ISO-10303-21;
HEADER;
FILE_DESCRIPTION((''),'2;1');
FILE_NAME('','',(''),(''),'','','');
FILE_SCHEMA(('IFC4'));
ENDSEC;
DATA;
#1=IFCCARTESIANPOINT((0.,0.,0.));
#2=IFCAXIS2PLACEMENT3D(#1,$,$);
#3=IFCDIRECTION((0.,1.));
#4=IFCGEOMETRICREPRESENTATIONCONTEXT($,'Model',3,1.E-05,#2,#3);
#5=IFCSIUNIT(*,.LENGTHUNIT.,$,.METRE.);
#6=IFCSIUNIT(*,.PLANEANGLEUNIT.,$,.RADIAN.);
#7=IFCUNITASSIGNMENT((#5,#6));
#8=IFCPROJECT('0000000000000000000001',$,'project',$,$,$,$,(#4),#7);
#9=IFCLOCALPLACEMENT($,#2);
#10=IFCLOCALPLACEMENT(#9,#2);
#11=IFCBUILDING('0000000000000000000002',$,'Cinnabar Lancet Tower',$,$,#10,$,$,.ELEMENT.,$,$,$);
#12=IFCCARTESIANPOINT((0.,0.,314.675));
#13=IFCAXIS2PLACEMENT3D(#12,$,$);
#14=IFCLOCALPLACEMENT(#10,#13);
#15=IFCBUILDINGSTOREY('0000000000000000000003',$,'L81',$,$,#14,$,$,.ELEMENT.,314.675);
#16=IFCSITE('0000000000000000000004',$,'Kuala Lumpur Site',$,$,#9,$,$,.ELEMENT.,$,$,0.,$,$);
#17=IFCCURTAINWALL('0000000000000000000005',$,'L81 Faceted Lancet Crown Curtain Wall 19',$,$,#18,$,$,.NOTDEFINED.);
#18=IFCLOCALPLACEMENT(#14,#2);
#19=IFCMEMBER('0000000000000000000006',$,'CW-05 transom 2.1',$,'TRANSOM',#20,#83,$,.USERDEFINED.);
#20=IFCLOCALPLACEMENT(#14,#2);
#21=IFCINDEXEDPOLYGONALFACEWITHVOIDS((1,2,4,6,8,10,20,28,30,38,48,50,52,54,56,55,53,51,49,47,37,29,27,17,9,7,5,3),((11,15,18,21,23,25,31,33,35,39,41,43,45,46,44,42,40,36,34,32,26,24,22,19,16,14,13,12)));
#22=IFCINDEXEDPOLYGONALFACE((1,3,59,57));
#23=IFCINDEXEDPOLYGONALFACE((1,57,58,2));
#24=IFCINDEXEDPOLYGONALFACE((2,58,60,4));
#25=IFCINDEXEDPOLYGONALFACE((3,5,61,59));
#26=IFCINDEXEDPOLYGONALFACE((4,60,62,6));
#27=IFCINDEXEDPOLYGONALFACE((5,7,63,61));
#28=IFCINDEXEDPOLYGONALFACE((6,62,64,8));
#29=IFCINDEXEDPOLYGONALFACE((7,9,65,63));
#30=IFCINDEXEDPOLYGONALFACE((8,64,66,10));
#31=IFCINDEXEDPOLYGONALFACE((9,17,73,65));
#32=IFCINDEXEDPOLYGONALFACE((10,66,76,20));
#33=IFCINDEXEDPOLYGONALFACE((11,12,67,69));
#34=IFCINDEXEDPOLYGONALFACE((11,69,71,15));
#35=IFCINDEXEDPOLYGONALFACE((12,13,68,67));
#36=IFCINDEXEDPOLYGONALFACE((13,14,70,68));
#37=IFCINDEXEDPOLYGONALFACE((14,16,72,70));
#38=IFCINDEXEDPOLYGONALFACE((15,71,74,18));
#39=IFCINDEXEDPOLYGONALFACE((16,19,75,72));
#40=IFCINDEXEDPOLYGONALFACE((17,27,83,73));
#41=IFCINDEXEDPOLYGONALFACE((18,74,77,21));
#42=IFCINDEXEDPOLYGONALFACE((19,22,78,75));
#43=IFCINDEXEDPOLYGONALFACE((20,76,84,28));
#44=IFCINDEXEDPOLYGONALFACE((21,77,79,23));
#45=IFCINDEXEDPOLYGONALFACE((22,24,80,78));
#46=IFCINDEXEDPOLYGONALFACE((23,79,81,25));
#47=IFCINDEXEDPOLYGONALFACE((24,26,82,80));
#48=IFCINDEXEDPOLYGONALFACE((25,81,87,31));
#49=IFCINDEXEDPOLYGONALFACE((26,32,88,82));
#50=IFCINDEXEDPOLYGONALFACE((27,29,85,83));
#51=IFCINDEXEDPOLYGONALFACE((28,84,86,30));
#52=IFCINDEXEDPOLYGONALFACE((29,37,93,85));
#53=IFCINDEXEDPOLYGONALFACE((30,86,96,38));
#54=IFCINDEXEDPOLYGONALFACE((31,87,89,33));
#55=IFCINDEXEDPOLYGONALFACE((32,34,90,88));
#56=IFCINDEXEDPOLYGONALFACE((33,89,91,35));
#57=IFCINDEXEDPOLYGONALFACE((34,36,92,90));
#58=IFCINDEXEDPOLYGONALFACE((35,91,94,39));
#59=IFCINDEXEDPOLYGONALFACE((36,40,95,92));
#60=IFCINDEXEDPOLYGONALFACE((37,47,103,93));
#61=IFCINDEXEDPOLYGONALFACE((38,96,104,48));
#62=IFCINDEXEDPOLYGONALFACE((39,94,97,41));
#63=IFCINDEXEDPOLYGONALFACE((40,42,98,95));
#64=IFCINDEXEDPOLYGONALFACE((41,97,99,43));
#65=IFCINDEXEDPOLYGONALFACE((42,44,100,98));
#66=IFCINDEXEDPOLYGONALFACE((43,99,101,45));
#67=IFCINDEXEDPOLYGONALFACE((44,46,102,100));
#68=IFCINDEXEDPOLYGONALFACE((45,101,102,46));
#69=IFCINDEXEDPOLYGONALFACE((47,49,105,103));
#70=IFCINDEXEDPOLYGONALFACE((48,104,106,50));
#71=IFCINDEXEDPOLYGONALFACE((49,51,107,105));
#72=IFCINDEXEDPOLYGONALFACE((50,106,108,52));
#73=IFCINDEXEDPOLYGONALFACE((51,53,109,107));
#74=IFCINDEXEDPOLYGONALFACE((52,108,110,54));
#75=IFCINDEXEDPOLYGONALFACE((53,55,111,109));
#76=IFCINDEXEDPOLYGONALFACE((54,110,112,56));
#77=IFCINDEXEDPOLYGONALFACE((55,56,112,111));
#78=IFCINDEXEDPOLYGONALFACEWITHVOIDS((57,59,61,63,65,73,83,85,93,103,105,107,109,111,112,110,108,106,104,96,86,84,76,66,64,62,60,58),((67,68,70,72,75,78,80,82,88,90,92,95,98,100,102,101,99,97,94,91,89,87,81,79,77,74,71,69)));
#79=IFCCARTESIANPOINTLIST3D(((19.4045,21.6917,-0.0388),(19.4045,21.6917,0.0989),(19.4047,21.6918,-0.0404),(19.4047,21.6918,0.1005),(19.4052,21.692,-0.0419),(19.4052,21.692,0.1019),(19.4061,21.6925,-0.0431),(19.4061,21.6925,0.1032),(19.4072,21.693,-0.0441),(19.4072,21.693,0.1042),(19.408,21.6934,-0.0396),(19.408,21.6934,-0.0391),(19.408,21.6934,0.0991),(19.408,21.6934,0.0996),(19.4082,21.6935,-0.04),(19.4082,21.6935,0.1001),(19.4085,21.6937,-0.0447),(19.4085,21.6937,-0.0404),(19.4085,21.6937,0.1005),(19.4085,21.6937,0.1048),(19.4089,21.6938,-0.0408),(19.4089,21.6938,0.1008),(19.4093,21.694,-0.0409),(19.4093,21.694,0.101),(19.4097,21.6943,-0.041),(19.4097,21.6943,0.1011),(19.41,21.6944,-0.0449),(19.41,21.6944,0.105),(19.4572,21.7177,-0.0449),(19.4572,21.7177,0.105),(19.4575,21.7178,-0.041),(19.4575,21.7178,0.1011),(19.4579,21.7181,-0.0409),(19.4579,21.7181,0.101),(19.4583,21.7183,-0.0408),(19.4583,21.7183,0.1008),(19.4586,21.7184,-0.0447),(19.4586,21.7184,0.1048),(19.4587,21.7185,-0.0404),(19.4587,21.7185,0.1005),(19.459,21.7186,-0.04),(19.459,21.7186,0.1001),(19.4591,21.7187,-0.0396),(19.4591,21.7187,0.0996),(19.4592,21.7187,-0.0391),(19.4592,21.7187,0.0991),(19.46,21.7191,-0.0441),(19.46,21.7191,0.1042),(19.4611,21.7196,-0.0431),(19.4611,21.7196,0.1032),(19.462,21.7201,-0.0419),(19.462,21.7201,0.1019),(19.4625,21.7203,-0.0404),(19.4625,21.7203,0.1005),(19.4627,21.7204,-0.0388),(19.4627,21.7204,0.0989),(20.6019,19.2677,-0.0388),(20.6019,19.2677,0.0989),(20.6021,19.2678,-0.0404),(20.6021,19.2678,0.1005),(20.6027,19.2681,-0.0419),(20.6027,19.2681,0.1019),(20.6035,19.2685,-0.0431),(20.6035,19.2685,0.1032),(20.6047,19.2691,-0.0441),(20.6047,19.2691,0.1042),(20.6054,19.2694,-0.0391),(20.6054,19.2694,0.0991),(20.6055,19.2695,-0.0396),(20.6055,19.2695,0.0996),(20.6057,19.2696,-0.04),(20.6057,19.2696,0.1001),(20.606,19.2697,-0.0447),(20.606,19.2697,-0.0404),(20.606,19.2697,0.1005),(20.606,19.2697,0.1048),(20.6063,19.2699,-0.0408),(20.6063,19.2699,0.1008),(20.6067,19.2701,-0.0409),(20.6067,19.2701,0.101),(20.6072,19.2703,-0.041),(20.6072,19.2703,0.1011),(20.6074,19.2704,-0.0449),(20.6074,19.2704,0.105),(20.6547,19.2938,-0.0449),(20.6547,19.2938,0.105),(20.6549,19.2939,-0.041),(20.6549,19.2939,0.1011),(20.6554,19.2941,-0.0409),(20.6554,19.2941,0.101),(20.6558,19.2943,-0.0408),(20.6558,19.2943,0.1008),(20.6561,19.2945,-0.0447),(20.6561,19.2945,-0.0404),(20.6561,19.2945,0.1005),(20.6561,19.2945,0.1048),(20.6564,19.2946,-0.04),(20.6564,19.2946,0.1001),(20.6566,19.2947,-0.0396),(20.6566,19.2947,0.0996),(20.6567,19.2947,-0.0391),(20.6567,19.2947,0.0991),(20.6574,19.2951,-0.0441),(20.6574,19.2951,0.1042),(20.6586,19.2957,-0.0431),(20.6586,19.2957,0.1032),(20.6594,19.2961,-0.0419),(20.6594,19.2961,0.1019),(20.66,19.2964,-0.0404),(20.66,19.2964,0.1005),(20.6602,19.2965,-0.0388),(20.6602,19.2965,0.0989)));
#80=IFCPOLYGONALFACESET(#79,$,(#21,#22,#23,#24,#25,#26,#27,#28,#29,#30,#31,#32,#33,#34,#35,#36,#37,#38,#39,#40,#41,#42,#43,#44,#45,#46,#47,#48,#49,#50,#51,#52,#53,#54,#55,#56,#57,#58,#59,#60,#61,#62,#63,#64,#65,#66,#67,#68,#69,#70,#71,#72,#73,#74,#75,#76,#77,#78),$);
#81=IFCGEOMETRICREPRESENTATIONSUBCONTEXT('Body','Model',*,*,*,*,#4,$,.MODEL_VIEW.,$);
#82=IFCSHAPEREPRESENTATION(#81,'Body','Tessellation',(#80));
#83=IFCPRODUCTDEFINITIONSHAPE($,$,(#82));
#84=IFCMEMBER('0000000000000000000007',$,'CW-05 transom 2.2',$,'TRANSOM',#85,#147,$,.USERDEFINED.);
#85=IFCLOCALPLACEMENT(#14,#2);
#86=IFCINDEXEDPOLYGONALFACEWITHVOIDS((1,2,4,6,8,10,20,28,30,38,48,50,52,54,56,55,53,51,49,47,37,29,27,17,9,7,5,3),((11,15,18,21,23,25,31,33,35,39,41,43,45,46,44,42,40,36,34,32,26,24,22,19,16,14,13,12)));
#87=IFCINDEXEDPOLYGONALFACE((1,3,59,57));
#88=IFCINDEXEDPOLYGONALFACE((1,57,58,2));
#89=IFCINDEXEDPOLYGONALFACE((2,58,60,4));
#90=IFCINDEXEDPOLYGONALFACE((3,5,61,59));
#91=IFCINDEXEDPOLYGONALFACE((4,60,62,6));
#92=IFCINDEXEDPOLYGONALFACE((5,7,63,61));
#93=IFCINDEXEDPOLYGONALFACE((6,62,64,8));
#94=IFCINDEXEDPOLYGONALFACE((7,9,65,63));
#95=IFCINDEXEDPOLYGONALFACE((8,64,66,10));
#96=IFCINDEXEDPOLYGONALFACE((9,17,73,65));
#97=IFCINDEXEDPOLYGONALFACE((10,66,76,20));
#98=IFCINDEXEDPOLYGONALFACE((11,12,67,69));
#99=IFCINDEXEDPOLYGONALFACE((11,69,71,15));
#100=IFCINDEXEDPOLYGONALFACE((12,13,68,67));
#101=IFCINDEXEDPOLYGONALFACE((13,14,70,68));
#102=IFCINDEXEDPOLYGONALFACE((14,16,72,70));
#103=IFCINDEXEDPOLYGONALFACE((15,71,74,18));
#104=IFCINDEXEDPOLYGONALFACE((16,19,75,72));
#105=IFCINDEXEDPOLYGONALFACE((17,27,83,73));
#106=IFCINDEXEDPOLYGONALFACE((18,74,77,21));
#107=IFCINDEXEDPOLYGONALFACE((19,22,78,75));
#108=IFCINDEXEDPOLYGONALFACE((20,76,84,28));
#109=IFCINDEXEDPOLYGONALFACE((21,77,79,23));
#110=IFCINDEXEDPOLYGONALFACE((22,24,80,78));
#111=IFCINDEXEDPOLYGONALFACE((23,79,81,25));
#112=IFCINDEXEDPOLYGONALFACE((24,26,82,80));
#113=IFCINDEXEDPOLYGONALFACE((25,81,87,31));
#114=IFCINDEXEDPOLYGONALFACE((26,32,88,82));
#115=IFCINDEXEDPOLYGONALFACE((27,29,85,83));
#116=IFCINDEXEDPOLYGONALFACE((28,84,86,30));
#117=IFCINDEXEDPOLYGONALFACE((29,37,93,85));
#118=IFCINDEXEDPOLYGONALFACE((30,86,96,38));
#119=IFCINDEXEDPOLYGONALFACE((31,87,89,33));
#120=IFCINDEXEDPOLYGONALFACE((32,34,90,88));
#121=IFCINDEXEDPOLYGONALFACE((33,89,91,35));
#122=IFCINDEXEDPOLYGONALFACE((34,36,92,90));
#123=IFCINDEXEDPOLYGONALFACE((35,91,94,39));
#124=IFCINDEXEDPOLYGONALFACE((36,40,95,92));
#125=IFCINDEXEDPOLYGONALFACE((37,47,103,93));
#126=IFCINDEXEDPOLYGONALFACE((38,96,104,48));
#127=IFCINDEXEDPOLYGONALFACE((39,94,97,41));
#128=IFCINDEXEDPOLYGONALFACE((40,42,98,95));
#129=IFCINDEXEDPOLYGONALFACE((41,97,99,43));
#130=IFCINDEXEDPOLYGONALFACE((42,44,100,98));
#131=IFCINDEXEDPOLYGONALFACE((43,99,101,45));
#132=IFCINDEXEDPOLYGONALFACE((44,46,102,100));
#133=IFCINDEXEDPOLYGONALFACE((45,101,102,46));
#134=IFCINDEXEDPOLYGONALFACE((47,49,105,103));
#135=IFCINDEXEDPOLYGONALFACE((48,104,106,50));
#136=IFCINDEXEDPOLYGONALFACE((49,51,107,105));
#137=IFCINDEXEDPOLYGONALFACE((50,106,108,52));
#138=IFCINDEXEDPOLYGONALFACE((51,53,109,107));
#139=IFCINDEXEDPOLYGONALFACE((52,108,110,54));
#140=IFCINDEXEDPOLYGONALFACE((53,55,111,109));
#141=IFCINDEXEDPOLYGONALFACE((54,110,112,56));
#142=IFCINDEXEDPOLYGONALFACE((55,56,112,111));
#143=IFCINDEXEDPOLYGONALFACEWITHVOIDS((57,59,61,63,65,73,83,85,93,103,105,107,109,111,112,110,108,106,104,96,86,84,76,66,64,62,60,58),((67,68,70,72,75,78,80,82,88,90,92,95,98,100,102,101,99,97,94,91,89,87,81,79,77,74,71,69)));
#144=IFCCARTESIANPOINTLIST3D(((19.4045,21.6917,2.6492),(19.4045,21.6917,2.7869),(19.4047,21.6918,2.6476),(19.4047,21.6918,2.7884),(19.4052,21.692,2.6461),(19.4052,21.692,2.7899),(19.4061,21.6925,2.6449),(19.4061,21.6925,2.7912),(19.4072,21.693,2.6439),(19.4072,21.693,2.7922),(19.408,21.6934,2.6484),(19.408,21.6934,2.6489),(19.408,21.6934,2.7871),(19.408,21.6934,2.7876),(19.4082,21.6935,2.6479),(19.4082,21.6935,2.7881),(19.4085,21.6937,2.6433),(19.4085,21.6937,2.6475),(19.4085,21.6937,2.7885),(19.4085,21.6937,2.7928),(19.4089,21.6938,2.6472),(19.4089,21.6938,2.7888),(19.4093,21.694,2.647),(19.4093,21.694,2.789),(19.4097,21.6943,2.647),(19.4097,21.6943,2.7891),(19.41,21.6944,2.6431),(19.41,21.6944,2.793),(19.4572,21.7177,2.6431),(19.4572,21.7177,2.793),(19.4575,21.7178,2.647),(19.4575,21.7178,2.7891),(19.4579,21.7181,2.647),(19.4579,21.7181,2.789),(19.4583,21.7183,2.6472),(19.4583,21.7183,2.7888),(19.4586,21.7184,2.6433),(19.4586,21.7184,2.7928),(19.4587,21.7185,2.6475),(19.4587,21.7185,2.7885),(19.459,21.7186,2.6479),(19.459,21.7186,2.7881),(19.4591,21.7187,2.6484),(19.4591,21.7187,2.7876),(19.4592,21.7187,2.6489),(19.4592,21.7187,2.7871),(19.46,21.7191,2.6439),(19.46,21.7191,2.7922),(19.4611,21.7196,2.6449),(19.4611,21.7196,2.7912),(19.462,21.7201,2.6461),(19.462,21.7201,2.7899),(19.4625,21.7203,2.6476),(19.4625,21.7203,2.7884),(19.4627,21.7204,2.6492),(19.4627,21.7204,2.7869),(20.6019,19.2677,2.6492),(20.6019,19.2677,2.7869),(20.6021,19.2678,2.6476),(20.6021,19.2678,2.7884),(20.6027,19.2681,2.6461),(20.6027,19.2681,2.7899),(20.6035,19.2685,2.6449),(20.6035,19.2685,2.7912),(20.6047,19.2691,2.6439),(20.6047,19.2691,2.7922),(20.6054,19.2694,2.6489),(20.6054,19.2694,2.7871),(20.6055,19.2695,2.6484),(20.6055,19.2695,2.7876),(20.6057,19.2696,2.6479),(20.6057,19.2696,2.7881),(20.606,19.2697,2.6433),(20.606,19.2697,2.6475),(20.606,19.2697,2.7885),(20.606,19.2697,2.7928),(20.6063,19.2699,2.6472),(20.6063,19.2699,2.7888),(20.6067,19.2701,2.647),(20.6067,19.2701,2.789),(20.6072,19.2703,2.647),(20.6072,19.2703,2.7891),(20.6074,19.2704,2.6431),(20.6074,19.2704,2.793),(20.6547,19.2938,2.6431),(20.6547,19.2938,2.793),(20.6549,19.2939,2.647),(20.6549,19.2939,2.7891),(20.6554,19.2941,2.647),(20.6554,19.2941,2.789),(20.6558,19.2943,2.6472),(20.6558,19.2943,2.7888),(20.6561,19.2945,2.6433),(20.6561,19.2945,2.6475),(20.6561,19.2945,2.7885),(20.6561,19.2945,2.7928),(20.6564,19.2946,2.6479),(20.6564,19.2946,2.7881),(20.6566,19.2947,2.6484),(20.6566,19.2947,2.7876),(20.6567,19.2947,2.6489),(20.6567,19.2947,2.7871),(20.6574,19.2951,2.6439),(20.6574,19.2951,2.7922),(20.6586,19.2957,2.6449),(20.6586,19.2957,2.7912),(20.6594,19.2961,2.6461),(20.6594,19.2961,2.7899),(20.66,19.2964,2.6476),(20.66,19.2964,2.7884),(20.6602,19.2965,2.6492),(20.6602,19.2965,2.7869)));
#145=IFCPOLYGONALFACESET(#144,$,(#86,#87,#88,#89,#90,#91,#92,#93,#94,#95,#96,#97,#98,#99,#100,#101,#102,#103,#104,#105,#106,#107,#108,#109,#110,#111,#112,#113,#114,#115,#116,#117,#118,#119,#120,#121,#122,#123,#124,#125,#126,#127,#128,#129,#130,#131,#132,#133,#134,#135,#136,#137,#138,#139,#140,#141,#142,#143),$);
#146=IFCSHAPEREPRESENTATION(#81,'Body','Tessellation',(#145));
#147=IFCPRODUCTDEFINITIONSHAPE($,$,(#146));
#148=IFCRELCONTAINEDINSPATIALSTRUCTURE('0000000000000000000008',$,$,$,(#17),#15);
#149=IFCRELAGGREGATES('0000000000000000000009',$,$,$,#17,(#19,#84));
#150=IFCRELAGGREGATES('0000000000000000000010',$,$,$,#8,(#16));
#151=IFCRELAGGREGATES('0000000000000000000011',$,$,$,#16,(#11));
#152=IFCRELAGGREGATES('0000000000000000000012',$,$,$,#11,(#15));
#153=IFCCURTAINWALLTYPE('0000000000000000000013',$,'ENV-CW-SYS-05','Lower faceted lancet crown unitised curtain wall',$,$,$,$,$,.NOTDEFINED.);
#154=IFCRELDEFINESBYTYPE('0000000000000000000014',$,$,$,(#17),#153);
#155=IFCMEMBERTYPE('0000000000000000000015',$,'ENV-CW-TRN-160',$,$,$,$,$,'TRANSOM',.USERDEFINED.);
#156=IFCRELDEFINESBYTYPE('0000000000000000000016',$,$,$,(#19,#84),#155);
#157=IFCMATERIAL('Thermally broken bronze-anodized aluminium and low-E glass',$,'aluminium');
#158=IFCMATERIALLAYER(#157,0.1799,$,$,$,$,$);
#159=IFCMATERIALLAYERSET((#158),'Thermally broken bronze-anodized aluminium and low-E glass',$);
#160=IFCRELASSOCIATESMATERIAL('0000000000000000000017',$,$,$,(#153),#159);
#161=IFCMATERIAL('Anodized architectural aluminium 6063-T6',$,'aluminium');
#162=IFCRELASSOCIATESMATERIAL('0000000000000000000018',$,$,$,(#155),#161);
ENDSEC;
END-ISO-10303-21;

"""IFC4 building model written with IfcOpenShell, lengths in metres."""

from ifc_helpers import new_model, si_unit, direction, frame, origin, origin_2d, place, context, subcontext, project, spatial, hollow_rectangle, extrude, material, layer, layer_set, material_profile, profile_set, type_object, element, aggregate, save


model = new_model("IFC4")

# Units and contexts
model_context = context("Model", 3, precision=1e-05, world=origin(), true_north=direction((0.0, 1.0)))
body_context = subcontext(model_context, "Body", "Model", "MODEL_VIEW")
ifc_project = project(units=[si_unit("LENGTHUNIT", "METRE"), si_unit("PLANEANGLEUNIT", "RADIAN")], contexts=[model_context])

# Site, building, storey
site_placement = place(None, origin())
site = spatial("IfcSite", under=ifc_project, at=site_placement, Name="Kuala Lumpur Site", CompositionType="ELEMENT", RefElevation=0.0)
building_placement = place(site_placement, origin())
building = spatial("IfcBuilding", under=site, at=building_placement, Name="Cinnabar Lancet Tower", CompositionType="ELEMENT")
storey_placement = place(building_placement, frame((0.0, 0.0, 314.675)))
storey = spatial("IfcBuildingStorey", under=building, at=storey_placement, Name="L81", CompositionType="ELEMENT", Elevation=314.675)

# Curtain wall
ifc_material_1 = material(Name="Thermally broken bronze-anodized aluminium and low-E glass", Category="aluminium")
ifc_layer_1 = layer(ifc_material_1, 0.1799)
ifc_layer_set_1 = layer_set([ifc_layer_1], Name="Thermally broken bronze-anodized aluminium and low-E glass")
curtain_wall_type = type_object("IfcCurtainWallType", Name="ENV-CW-SYS-05", Description="Lower faceted lancet crown unitised curtain wall", PredefinedType="NOTDEFINED", material=ifc_layer_set_1)
curtain_wall_1_placement = place(storey_placement, origin())
curtain_wall_1 = element("IfcCurtainWall", 1, at=curtain_wall_1_placement, inside=storey, type_object=curtain_wall_type, Name="L81 Faceted Lancet Crown Curtain Wall 19", PredefinedType="NOTDEFINED")

# Members
ifc_material_2 = material(Name="Anodized architectural aluminium 6063-T6", Category="aluminium")
ifc_material_profile_1 = material_profile(ifc_material_2, hollow_rectangle(XDim=0.0649, YDim=0.1499, WallThickness=0.0039, InnerFilletRadius=0.002, OuterFilletRadius=0.0061, at=origin_2d()), Name="CW-TRN 150x65x4")
ifc_profile_set_1 = profile_set([ifc_material_profile_1], Name="Anodized architectural aluminium 6063-T6")
member_type_1 = type_object("IfcMemberType", Name="ENV-CW-TRN-160", ElementType="TRANSOM", PredefinedType="USERDEFINED", material=ifc_profile_set_1)
member_1_placement = place(storey_placement, frame((19.4336, 21.7061, 0.03), z_axis=(0.44291, -0.896566, 0.0), x_axis=(0.896566, 0.44291, 0.0)))
member_1 = element("IfcMember", 2, at=member_1_placement, type_object=member_type_1, Name="CW-05 transom 2.1", ObjectType="TRANSOM", PredefinedType="USERDEFINED", context=body_context, shape_type="SweptSolid", body=[
    extrude(hollow_rectangle(XDim=0.0649, YDim=0.1499, WallThickness=0.0039, InnerFilletRadius=0.002, OuterFilletRadius=0.0061, at=origin_2d()), origin(), (0.0, 0.0, 1.0), 2.7036),
])
member_2_placement = place(storey_placement, frame((19.4336, 21.7061, 2.718), z_axis=(0.44291, -0.896566, 0.0), x_axis=(0.896566, 0.44291, 0.0)))
member_2 = element("IfcMember", 3, at=member_2_placement, type_object=member_type_1, Name="CW-05 transom 2.2", ObjectType="TRANSOM", PredefinedType="USERDEFINED", context=body_context, shape_type="SweptSolid", body=[
    extrude(hollow_rectangle(XDim=0.0649, YDim=0.1499, WallThickness=0.0039, InnerFilletRadius=0.002, OuterFilletRadius=0.0061, at=origin_2d()), origin(), (0.0, 0.0, 1.0), 2.7036),
])

aggregate(curtain_wall_1, [member_1, member_2])

save(model, "model.ifc")
